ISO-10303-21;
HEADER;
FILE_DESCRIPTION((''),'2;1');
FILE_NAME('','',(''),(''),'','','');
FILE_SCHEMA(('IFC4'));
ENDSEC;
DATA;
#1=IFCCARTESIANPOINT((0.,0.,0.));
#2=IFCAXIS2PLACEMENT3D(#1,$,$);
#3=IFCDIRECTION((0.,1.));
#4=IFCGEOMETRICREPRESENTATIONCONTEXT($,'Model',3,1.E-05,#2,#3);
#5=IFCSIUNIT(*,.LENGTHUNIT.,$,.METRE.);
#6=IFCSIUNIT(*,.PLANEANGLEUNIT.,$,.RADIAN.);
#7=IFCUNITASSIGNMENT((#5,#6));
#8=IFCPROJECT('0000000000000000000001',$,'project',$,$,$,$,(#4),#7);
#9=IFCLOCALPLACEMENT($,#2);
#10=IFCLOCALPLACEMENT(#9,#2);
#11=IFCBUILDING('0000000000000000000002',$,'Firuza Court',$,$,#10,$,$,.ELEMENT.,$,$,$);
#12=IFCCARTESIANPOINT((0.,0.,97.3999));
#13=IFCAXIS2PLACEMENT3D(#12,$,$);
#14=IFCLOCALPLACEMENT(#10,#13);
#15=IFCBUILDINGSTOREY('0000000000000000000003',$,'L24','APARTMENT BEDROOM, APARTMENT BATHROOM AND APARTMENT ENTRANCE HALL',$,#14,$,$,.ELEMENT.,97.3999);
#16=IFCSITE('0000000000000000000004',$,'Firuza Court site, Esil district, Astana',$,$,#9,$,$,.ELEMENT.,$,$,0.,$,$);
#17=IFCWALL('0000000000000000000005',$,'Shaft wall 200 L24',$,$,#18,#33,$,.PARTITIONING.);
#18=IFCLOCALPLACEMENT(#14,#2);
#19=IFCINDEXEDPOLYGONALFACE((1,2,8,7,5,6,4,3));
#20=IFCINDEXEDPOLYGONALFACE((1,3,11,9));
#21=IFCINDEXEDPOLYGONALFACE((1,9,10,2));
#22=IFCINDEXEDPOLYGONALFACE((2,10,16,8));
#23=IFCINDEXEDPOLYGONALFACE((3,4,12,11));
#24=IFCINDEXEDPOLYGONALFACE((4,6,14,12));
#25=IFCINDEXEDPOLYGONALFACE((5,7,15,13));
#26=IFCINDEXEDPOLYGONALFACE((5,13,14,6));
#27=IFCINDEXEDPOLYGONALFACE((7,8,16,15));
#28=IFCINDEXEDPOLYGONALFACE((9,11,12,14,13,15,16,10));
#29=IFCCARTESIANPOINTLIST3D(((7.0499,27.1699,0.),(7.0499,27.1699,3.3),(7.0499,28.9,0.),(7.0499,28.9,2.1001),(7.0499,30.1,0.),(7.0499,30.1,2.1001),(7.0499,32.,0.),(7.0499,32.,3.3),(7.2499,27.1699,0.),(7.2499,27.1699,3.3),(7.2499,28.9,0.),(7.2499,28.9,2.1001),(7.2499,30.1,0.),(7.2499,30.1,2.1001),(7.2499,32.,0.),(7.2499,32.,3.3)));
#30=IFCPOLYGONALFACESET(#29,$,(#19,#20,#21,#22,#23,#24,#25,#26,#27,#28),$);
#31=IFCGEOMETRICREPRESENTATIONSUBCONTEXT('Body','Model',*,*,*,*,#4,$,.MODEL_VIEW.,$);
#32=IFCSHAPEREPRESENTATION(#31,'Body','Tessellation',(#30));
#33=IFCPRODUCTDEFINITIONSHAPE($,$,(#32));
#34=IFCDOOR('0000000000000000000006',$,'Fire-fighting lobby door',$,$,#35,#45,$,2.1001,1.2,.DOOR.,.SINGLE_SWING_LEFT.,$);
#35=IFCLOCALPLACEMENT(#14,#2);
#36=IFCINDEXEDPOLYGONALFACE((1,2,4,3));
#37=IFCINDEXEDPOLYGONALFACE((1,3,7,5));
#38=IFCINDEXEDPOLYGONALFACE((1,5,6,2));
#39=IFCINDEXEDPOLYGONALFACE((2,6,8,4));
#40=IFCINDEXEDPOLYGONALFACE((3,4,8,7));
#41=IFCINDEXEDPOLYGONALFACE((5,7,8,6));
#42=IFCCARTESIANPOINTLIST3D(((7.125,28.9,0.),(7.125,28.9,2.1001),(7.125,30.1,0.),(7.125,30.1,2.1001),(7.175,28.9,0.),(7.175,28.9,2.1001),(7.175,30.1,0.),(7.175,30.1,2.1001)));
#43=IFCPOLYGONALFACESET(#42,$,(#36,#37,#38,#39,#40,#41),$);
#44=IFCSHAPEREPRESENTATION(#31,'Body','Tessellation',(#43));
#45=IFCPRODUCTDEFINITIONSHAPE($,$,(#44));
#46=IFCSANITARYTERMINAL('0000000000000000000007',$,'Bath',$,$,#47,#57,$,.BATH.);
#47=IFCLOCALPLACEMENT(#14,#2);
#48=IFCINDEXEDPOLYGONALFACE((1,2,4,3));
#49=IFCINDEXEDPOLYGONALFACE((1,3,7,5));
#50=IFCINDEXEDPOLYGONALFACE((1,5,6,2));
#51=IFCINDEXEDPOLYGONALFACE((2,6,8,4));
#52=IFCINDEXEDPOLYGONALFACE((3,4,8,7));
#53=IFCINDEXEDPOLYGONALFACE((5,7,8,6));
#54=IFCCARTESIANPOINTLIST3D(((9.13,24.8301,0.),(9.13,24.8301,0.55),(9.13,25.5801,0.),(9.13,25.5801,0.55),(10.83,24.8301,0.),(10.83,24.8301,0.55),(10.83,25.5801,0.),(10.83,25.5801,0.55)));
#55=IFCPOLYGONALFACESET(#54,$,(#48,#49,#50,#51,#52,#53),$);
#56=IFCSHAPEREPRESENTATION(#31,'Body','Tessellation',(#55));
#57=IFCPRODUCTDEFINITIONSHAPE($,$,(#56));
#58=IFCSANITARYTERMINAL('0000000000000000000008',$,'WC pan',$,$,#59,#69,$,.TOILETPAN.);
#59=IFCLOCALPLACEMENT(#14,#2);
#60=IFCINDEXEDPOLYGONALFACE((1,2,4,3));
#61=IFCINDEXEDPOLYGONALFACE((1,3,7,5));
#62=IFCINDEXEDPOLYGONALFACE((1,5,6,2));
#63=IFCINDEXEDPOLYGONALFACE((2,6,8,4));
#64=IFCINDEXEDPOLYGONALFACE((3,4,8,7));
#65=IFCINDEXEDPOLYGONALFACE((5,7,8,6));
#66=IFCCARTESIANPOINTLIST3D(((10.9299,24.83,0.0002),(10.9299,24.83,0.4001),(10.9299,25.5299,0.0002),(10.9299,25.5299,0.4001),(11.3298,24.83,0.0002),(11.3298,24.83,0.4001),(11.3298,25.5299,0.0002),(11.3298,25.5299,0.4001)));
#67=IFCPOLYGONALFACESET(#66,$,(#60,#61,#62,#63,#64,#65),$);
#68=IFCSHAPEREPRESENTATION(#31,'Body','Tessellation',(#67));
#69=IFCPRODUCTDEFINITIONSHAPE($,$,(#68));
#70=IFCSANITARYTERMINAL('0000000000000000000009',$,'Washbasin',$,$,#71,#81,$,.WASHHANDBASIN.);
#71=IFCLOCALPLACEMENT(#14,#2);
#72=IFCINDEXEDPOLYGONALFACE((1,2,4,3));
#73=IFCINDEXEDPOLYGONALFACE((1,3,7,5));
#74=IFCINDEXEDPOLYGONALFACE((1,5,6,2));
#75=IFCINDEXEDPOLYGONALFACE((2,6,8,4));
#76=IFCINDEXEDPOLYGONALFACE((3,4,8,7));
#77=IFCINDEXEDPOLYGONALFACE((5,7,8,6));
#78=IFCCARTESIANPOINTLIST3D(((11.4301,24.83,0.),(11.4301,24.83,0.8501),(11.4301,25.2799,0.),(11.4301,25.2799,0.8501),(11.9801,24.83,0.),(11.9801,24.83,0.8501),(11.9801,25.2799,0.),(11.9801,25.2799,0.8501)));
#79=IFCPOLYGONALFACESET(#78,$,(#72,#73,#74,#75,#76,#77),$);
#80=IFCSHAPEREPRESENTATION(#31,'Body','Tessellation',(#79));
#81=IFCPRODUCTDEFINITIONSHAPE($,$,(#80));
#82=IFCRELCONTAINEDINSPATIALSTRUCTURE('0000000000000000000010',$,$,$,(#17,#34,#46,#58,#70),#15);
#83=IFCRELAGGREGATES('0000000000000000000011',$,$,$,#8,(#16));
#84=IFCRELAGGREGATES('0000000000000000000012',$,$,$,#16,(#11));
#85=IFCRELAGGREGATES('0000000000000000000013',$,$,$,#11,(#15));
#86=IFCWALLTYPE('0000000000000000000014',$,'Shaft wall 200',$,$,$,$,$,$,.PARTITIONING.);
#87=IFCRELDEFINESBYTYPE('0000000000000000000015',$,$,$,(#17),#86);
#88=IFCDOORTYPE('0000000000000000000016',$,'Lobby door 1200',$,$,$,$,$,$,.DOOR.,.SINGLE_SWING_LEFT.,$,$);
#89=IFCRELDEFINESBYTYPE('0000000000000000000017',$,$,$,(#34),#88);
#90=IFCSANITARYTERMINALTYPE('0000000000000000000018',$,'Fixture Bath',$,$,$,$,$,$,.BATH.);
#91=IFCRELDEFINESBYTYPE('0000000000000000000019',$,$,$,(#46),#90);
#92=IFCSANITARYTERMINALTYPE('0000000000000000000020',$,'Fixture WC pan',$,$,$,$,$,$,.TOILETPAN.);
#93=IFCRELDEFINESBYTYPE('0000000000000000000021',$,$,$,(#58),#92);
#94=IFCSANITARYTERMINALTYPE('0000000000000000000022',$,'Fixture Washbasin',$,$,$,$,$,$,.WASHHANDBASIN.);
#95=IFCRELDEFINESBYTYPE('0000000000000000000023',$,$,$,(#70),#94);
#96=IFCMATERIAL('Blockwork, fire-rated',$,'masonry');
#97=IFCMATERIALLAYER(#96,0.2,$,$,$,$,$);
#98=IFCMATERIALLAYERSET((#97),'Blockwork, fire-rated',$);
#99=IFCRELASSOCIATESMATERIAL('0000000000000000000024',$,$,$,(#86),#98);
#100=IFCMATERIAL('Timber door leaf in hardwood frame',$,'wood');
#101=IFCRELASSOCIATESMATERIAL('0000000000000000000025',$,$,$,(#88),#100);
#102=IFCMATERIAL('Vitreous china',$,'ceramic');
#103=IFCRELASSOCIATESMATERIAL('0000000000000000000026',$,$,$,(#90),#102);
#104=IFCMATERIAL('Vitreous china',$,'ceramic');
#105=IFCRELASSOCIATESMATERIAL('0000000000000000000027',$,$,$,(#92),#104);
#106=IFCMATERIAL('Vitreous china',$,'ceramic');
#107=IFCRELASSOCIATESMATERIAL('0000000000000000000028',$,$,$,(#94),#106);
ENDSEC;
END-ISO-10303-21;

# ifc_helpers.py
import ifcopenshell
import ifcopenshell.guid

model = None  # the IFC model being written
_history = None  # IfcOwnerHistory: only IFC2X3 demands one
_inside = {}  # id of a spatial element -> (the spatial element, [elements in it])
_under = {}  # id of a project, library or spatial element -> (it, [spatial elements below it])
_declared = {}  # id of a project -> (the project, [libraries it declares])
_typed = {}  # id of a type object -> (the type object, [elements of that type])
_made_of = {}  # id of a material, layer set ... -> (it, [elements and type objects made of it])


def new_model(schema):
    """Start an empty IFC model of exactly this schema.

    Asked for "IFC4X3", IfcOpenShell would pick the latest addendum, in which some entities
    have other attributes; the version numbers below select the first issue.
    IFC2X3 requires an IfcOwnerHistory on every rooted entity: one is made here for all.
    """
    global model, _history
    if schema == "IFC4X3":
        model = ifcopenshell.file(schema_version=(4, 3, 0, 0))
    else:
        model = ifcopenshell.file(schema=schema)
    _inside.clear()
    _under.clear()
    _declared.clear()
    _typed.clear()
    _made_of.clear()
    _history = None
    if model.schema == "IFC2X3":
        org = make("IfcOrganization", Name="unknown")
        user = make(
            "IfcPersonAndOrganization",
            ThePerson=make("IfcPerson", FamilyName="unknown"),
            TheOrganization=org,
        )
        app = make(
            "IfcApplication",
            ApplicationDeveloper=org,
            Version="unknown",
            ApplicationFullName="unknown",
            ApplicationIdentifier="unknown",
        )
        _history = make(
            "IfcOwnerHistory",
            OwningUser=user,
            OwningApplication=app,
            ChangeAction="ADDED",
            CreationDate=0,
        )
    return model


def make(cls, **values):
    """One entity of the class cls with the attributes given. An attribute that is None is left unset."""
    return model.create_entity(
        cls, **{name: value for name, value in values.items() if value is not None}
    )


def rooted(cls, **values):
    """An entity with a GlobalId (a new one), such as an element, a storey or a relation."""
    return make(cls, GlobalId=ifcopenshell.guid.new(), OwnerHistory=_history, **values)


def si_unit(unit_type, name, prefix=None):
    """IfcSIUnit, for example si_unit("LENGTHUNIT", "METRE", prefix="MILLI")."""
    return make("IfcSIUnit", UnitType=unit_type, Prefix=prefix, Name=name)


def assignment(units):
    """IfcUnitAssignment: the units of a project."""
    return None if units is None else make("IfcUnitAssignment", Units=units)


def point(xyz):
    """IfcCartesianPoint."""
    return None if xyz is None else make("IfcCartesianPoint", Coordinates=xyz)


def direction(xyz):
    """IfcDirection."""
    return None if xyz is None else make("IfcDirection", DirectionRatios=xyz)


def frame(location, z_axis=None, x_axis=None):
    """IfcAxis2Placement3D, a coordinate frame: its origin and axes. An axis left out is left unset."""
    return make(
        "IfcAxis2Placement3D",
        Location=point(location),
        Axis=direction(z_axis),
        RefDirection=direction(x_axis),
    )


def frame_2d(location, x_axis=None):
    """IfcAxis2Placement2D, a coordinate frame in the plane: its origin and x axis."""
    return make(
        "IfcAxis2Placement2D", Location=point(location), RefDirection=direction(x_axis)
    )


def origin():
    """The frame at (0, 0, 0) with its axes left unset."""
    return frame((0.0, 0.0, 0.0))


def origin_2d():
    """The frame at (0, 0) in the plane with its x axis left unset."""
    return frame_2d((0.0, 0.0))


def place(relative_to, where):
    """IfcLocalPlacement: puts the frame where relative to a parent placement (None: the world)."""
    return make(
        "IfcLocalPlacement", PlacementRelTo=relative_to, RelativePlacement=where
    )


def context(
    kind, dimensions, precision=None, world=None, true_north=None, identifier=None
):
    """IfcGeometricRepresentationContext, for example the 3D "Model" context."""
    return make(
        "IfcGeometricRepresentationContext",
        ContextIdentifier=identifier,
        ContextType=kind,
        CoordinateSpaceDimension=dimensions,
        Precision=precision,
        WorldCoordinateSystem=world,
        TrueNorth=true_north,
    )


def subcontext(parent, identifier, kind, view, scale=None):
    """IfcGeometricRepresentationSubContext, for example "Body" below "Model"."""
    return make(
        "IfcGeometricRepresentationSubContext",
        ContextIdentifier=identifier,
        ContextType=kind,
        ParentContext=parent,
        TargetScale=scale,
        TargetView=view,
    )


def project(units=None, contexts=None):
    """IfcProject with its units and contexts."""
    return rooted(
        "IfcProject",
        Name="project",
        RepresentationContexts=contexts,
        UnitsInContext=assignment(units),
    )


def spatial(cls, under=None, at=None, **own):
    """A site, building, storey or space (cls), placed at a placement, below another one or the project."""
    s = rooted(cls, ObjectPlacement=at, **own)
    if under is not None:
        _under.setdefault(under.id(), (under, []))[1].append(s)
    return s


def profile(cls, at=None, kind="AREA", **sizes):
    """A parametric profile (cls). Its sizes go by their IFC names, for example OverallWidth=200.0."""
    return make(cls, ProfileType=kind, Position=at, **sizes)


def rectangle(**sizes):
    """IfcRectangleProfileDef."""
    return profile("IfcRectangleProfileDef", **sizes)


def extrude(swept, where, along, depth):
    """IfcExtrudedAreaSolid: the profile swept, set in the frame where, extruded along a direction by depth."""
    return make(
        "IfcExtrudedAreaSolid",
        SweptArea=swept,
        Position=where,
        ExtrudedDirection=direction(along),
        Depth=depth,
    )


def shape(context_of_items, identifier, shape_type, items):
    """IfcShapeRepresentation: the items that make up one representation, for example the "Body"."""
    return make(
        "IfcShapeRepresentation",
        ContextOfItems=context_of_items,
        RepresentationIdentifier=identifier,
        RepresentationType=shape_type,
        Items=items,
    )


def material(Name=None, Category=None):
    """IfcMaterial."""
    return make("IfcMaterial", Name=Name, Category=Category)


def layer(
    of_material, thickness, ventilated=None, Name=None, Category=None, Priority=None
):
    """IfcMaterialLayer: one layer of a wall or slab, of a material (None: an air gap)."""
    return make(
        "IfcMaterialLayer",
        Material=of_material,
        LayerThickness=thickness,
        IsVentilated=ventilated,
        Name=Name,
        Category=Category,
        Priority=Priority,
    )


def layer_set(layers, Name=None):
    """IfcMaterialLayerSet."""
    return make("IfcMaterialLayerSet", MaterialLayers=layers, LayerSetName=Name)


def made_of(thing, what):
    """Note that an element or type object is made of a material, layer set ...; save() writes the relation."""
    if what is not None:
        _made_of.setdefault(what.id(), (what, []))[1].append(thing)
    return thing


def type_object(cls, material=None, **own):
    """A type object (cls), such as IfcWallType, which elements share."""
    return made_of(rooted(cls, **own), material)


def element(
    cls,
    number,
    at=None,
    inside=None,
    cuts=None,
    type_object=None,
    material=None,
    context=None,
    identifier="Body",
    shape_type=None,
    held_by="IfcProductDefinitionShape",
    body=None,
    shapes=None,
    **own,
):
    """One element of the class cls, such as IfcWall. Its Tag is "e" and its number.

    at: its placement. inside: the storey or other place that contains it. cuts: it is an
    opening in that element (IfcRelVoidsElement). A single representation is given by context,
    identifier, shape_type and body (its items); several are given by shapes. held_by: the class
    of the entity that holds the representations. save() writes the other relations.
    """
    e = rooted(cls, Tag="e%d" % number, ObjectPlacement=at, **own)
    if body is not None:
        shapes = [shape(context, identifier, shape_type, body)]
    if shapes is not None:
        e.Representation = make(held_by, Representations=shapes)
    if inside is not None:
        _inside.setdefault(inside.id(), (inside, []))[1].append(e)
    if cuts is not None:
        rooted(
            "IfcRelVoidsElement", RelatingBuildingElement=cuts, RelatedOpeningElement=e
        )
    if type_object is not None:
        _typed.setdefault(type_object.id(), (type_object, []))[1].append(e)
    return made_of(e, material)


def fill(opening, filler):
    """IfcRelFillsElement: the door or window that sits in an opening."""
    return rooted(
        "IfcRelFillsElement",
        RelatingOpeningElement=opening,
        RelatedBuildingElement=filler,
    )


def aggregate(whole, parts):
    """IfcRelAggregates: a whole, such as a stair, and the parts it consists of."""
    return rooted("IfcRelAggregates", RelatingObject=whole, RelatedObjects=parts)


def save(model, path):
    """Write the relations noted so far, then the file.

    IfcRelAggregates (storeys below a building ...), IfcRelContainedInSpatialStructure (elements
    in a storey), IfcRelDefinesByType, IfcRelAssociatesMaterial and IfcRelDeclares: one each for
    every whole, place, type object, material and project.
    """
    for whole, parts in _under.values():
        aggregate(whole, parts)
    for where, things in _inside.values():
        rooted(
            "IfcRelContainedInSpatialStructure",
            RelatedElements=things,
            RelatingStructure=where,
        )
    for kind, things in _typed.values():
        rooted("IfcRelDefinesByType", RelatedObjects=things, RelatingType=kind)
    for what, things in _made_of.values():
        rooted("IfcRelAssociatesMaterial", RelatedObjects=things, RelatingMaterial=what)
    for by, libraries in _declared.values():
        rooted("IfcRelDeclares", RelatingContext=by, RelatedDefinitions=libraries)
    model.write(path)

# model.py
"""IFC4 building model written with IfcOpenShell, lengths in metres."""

from ifc_helpers import new_model, si_unit, direction, frame, frame_2d, origin, origin_2d, place, context, subcontext, project, spatial, rectangle, extrude, material, layer, layer_set, type_object, element, fill, save


model = new_model("IFC4")

# Units and contexts
model_context = context("Model", 3, precision=1e-05, world=origin(), true_north=direction((0.0, 1.0)))
body_context = subcontext(model_context, "Body", "Model", "MODEL_VIEW")
ifc_project = project(units=[si_unit("LENGTHUNIT", "METRE"), si_unit("PLANEANGLEUNIT", "RADIAN")], contexts=[model_context])

# Site, building, storey
site_placement = place(None, origin())
site = spatial("IfcSite", under=ifc_project, at=site_placement, Name="Firuza Court site, Esil district, Astana", CompositionType="ELEMENT", RefElevation=0.0)
building_placement = place(site_placement, origin())
building = spatial("IfcBuilding", under=site, at=building_placement, Name="Firuza Court", CompositionType="ELEMENT")
storey_placement = place(building_placement, frame((0.0, 0.0, 97.3999)))
storey = spatial("IfcBuildingStorey", under=building, at=storey_placement, Name="L24", Description="APARTMENT BEDROOM, APARTMENT BATHROOM AND APARTMENT ENTRANCE HALL", CompositionType="ELEMENT", Elevation=97.3999)

# Wall, opening, door
ifc_material_1 = material(Name="Blockwork, fire-rated", Category="masonry")
ifc_layer_1 = layer(ifc_material_1, 0.2)
ifc_layer_set_1 = layer_set([ifc_layer_1], Name="Blockwork, fire-rated")
wall_type_1 = type_object("IfcWallType", Name="Shaft wall 200", PredefinedType="PARTITIONING", material=ifc_layer_set_1)
wall_1_placement = place(storey_placement, frame((7.1499, 27.1699, 0.0), z_axis=(0.0, 0.0, 1.0), x_axis=(0.0, 1.0, 0.0)))
wall_1 = element("IfcWall", 1, at=wall_1_placement, inside=storey, type_object=wall_type_1, Name="Shaft wall 200 L24", PredefinedType="PARTITIONING", context=body_context, shape_type="SweptSolid", body=[
    extrude(rectangle(XDim=4.8301, YDim=0.2, at=frame_2d((2.415, 0.0))), origin(), (0.0, 0.0, 1.0), 3.3),
])
opening_1_placement = place(wall_1_placement, frame((1.73, 0.0, 0.0)))
opening_1 = element("IfcOpeningElement", 2, at=opening_1_placement, cuts=wall_1, PredefinedType="OPENING", context=body_context, shape_type="SweptSolid", body=[
    extrude(rectangle(XDim=1.2, YDim=2.1001, at=frame_2d((0.6001, 1.05))), frame((0.0, 0.1118, 0.0), z_axis=(0.0, -1.0, 0.0), x_axis=(1.0, 0.0, 0.0)), (0.0, 0.0, 1.0), 0.2239),
])
ifc_material_2 = material(Name="Timber door leaf in hardwood frame", Category="wood")
door_type_1 = type_object("IfcDoorType", Name="Lobby door 1200", OperationType="SINGLE_SWING_LEFT", PredefinedType="DOOR", material=ifc_material_2)
door_1_placement = place(opening_1_placement, origin())
door_1 = element("IfcDoor", 3, at=door_1_placement, inside=storey, type_object=door_type_1, Name="Fire-fighting lobby door", OperationType="SINGLE_SWING_LEFT", OverallHeight=2.1001, OverallWidth=1.2, PredefinedType="DOOR", context=body_context, shape_type="SweptSolid", body=[
    extrude(rectangle(XDim=1.2, YDim=2.1001, at=frame_2d((0.6001, 1.05))), frame((0.0, 0.0249, 0.0), z_axis=(0.0, -1.0, 0.0), x_axis=(1.0, 0.0, 0.0)), (0.0, 0.0, 1.0), 0.05),
])
fill(opening_1, door_1)

# Sanitary terminals
ifc_material_3 = material(Name="Vitreous china", Category="ceramic")
sanitary_terminal_type_1 = type_object("IfcSanitaryTerminalType", Name="Fixture Bath", PredefinedType="BATH", material=ifc_material_3)
sanitary_terminal_1_placement = place(storey_placement, frame((9.98, 25.2051, 0.0), z_axis=(0.0, 0.0, 1.0), x_axis=(1.0, 0.0, 0.0)))
element("IfcSanitaryTerminal", 4, at=sanitary_terminal_1_placement, inside=storey, type_object=sanitary_terminal_type_1, Name="Bath", PredefinedType="BATH", context=body_context, shape_type="SweptSolid", body=[
    extrude(rectangle(XDim=1.7, YDim=0.75, at=origin_2d()), origin(), (0.0, 0.0, 1.0), 0.55),
])
ifc_material_4 = material(Name="Vitreous china", Category="ceramic")
sanitary_terminal_type_2 = type_object("IfcSanitaryTerminalType", Name="Fixture WC pan", PredefinedType="TOILETPAN", material=ifc_material_4)
sanitary_terminal_2_placement = place(storey_placement, frame((11.1299, 25.1799, 0.0002), z_axis=(0.0, 0.0, 1.0), x_axis=(1.0, 0.0, 0.0)))
element("IfcSanitaryTerminal", 5, at=sanitary_terminal_2_placement, inside=storey, type_object=sanitary_terminal_type_2, Name="WC pan", PredefinedType="TOILETPAN", context=body_context, shape_type="SweptSolid", body=[
    extrude(rectangle(XDim=0.3999, YDim=0.7, at=origin_2d()), origin(), (0.0, 0.0, 1.0), 0.3999),
])
ifc_material_5 = material(Name="Vitreous china", Category="ceramic")
sanitary_terminal_type_3 = type_object("IfcSanitaryTerminalType", Name="Fixture Washbasin", PredefinedType="WASHHANDBASIN", material=ifc_material_5)
sanitary_terminal_3_placement = place(storey_placement, frame((11.7051, 25.0549, 0.0), z_axis=(0.0, 0.0, 1.0), x_axis=(1.0, 0.0, 0.0)))
element("IfcSanitaryTerminal", 6, at=sanitary_terminal_3_placement, inside=storey, type_object=sanitary_terminal_type_3, Name="Washbasin", PredefinedType="WASHHANDBASIN", context=body_context, shape_type="SweptSolid", body=[
    extrude(rectangle(XDim=0.55, YDim=0.45, at=origin_2d()), origin(), (0.0, 0.0, 1.0), 0.8501),
])

save(model, "model.ifc")
